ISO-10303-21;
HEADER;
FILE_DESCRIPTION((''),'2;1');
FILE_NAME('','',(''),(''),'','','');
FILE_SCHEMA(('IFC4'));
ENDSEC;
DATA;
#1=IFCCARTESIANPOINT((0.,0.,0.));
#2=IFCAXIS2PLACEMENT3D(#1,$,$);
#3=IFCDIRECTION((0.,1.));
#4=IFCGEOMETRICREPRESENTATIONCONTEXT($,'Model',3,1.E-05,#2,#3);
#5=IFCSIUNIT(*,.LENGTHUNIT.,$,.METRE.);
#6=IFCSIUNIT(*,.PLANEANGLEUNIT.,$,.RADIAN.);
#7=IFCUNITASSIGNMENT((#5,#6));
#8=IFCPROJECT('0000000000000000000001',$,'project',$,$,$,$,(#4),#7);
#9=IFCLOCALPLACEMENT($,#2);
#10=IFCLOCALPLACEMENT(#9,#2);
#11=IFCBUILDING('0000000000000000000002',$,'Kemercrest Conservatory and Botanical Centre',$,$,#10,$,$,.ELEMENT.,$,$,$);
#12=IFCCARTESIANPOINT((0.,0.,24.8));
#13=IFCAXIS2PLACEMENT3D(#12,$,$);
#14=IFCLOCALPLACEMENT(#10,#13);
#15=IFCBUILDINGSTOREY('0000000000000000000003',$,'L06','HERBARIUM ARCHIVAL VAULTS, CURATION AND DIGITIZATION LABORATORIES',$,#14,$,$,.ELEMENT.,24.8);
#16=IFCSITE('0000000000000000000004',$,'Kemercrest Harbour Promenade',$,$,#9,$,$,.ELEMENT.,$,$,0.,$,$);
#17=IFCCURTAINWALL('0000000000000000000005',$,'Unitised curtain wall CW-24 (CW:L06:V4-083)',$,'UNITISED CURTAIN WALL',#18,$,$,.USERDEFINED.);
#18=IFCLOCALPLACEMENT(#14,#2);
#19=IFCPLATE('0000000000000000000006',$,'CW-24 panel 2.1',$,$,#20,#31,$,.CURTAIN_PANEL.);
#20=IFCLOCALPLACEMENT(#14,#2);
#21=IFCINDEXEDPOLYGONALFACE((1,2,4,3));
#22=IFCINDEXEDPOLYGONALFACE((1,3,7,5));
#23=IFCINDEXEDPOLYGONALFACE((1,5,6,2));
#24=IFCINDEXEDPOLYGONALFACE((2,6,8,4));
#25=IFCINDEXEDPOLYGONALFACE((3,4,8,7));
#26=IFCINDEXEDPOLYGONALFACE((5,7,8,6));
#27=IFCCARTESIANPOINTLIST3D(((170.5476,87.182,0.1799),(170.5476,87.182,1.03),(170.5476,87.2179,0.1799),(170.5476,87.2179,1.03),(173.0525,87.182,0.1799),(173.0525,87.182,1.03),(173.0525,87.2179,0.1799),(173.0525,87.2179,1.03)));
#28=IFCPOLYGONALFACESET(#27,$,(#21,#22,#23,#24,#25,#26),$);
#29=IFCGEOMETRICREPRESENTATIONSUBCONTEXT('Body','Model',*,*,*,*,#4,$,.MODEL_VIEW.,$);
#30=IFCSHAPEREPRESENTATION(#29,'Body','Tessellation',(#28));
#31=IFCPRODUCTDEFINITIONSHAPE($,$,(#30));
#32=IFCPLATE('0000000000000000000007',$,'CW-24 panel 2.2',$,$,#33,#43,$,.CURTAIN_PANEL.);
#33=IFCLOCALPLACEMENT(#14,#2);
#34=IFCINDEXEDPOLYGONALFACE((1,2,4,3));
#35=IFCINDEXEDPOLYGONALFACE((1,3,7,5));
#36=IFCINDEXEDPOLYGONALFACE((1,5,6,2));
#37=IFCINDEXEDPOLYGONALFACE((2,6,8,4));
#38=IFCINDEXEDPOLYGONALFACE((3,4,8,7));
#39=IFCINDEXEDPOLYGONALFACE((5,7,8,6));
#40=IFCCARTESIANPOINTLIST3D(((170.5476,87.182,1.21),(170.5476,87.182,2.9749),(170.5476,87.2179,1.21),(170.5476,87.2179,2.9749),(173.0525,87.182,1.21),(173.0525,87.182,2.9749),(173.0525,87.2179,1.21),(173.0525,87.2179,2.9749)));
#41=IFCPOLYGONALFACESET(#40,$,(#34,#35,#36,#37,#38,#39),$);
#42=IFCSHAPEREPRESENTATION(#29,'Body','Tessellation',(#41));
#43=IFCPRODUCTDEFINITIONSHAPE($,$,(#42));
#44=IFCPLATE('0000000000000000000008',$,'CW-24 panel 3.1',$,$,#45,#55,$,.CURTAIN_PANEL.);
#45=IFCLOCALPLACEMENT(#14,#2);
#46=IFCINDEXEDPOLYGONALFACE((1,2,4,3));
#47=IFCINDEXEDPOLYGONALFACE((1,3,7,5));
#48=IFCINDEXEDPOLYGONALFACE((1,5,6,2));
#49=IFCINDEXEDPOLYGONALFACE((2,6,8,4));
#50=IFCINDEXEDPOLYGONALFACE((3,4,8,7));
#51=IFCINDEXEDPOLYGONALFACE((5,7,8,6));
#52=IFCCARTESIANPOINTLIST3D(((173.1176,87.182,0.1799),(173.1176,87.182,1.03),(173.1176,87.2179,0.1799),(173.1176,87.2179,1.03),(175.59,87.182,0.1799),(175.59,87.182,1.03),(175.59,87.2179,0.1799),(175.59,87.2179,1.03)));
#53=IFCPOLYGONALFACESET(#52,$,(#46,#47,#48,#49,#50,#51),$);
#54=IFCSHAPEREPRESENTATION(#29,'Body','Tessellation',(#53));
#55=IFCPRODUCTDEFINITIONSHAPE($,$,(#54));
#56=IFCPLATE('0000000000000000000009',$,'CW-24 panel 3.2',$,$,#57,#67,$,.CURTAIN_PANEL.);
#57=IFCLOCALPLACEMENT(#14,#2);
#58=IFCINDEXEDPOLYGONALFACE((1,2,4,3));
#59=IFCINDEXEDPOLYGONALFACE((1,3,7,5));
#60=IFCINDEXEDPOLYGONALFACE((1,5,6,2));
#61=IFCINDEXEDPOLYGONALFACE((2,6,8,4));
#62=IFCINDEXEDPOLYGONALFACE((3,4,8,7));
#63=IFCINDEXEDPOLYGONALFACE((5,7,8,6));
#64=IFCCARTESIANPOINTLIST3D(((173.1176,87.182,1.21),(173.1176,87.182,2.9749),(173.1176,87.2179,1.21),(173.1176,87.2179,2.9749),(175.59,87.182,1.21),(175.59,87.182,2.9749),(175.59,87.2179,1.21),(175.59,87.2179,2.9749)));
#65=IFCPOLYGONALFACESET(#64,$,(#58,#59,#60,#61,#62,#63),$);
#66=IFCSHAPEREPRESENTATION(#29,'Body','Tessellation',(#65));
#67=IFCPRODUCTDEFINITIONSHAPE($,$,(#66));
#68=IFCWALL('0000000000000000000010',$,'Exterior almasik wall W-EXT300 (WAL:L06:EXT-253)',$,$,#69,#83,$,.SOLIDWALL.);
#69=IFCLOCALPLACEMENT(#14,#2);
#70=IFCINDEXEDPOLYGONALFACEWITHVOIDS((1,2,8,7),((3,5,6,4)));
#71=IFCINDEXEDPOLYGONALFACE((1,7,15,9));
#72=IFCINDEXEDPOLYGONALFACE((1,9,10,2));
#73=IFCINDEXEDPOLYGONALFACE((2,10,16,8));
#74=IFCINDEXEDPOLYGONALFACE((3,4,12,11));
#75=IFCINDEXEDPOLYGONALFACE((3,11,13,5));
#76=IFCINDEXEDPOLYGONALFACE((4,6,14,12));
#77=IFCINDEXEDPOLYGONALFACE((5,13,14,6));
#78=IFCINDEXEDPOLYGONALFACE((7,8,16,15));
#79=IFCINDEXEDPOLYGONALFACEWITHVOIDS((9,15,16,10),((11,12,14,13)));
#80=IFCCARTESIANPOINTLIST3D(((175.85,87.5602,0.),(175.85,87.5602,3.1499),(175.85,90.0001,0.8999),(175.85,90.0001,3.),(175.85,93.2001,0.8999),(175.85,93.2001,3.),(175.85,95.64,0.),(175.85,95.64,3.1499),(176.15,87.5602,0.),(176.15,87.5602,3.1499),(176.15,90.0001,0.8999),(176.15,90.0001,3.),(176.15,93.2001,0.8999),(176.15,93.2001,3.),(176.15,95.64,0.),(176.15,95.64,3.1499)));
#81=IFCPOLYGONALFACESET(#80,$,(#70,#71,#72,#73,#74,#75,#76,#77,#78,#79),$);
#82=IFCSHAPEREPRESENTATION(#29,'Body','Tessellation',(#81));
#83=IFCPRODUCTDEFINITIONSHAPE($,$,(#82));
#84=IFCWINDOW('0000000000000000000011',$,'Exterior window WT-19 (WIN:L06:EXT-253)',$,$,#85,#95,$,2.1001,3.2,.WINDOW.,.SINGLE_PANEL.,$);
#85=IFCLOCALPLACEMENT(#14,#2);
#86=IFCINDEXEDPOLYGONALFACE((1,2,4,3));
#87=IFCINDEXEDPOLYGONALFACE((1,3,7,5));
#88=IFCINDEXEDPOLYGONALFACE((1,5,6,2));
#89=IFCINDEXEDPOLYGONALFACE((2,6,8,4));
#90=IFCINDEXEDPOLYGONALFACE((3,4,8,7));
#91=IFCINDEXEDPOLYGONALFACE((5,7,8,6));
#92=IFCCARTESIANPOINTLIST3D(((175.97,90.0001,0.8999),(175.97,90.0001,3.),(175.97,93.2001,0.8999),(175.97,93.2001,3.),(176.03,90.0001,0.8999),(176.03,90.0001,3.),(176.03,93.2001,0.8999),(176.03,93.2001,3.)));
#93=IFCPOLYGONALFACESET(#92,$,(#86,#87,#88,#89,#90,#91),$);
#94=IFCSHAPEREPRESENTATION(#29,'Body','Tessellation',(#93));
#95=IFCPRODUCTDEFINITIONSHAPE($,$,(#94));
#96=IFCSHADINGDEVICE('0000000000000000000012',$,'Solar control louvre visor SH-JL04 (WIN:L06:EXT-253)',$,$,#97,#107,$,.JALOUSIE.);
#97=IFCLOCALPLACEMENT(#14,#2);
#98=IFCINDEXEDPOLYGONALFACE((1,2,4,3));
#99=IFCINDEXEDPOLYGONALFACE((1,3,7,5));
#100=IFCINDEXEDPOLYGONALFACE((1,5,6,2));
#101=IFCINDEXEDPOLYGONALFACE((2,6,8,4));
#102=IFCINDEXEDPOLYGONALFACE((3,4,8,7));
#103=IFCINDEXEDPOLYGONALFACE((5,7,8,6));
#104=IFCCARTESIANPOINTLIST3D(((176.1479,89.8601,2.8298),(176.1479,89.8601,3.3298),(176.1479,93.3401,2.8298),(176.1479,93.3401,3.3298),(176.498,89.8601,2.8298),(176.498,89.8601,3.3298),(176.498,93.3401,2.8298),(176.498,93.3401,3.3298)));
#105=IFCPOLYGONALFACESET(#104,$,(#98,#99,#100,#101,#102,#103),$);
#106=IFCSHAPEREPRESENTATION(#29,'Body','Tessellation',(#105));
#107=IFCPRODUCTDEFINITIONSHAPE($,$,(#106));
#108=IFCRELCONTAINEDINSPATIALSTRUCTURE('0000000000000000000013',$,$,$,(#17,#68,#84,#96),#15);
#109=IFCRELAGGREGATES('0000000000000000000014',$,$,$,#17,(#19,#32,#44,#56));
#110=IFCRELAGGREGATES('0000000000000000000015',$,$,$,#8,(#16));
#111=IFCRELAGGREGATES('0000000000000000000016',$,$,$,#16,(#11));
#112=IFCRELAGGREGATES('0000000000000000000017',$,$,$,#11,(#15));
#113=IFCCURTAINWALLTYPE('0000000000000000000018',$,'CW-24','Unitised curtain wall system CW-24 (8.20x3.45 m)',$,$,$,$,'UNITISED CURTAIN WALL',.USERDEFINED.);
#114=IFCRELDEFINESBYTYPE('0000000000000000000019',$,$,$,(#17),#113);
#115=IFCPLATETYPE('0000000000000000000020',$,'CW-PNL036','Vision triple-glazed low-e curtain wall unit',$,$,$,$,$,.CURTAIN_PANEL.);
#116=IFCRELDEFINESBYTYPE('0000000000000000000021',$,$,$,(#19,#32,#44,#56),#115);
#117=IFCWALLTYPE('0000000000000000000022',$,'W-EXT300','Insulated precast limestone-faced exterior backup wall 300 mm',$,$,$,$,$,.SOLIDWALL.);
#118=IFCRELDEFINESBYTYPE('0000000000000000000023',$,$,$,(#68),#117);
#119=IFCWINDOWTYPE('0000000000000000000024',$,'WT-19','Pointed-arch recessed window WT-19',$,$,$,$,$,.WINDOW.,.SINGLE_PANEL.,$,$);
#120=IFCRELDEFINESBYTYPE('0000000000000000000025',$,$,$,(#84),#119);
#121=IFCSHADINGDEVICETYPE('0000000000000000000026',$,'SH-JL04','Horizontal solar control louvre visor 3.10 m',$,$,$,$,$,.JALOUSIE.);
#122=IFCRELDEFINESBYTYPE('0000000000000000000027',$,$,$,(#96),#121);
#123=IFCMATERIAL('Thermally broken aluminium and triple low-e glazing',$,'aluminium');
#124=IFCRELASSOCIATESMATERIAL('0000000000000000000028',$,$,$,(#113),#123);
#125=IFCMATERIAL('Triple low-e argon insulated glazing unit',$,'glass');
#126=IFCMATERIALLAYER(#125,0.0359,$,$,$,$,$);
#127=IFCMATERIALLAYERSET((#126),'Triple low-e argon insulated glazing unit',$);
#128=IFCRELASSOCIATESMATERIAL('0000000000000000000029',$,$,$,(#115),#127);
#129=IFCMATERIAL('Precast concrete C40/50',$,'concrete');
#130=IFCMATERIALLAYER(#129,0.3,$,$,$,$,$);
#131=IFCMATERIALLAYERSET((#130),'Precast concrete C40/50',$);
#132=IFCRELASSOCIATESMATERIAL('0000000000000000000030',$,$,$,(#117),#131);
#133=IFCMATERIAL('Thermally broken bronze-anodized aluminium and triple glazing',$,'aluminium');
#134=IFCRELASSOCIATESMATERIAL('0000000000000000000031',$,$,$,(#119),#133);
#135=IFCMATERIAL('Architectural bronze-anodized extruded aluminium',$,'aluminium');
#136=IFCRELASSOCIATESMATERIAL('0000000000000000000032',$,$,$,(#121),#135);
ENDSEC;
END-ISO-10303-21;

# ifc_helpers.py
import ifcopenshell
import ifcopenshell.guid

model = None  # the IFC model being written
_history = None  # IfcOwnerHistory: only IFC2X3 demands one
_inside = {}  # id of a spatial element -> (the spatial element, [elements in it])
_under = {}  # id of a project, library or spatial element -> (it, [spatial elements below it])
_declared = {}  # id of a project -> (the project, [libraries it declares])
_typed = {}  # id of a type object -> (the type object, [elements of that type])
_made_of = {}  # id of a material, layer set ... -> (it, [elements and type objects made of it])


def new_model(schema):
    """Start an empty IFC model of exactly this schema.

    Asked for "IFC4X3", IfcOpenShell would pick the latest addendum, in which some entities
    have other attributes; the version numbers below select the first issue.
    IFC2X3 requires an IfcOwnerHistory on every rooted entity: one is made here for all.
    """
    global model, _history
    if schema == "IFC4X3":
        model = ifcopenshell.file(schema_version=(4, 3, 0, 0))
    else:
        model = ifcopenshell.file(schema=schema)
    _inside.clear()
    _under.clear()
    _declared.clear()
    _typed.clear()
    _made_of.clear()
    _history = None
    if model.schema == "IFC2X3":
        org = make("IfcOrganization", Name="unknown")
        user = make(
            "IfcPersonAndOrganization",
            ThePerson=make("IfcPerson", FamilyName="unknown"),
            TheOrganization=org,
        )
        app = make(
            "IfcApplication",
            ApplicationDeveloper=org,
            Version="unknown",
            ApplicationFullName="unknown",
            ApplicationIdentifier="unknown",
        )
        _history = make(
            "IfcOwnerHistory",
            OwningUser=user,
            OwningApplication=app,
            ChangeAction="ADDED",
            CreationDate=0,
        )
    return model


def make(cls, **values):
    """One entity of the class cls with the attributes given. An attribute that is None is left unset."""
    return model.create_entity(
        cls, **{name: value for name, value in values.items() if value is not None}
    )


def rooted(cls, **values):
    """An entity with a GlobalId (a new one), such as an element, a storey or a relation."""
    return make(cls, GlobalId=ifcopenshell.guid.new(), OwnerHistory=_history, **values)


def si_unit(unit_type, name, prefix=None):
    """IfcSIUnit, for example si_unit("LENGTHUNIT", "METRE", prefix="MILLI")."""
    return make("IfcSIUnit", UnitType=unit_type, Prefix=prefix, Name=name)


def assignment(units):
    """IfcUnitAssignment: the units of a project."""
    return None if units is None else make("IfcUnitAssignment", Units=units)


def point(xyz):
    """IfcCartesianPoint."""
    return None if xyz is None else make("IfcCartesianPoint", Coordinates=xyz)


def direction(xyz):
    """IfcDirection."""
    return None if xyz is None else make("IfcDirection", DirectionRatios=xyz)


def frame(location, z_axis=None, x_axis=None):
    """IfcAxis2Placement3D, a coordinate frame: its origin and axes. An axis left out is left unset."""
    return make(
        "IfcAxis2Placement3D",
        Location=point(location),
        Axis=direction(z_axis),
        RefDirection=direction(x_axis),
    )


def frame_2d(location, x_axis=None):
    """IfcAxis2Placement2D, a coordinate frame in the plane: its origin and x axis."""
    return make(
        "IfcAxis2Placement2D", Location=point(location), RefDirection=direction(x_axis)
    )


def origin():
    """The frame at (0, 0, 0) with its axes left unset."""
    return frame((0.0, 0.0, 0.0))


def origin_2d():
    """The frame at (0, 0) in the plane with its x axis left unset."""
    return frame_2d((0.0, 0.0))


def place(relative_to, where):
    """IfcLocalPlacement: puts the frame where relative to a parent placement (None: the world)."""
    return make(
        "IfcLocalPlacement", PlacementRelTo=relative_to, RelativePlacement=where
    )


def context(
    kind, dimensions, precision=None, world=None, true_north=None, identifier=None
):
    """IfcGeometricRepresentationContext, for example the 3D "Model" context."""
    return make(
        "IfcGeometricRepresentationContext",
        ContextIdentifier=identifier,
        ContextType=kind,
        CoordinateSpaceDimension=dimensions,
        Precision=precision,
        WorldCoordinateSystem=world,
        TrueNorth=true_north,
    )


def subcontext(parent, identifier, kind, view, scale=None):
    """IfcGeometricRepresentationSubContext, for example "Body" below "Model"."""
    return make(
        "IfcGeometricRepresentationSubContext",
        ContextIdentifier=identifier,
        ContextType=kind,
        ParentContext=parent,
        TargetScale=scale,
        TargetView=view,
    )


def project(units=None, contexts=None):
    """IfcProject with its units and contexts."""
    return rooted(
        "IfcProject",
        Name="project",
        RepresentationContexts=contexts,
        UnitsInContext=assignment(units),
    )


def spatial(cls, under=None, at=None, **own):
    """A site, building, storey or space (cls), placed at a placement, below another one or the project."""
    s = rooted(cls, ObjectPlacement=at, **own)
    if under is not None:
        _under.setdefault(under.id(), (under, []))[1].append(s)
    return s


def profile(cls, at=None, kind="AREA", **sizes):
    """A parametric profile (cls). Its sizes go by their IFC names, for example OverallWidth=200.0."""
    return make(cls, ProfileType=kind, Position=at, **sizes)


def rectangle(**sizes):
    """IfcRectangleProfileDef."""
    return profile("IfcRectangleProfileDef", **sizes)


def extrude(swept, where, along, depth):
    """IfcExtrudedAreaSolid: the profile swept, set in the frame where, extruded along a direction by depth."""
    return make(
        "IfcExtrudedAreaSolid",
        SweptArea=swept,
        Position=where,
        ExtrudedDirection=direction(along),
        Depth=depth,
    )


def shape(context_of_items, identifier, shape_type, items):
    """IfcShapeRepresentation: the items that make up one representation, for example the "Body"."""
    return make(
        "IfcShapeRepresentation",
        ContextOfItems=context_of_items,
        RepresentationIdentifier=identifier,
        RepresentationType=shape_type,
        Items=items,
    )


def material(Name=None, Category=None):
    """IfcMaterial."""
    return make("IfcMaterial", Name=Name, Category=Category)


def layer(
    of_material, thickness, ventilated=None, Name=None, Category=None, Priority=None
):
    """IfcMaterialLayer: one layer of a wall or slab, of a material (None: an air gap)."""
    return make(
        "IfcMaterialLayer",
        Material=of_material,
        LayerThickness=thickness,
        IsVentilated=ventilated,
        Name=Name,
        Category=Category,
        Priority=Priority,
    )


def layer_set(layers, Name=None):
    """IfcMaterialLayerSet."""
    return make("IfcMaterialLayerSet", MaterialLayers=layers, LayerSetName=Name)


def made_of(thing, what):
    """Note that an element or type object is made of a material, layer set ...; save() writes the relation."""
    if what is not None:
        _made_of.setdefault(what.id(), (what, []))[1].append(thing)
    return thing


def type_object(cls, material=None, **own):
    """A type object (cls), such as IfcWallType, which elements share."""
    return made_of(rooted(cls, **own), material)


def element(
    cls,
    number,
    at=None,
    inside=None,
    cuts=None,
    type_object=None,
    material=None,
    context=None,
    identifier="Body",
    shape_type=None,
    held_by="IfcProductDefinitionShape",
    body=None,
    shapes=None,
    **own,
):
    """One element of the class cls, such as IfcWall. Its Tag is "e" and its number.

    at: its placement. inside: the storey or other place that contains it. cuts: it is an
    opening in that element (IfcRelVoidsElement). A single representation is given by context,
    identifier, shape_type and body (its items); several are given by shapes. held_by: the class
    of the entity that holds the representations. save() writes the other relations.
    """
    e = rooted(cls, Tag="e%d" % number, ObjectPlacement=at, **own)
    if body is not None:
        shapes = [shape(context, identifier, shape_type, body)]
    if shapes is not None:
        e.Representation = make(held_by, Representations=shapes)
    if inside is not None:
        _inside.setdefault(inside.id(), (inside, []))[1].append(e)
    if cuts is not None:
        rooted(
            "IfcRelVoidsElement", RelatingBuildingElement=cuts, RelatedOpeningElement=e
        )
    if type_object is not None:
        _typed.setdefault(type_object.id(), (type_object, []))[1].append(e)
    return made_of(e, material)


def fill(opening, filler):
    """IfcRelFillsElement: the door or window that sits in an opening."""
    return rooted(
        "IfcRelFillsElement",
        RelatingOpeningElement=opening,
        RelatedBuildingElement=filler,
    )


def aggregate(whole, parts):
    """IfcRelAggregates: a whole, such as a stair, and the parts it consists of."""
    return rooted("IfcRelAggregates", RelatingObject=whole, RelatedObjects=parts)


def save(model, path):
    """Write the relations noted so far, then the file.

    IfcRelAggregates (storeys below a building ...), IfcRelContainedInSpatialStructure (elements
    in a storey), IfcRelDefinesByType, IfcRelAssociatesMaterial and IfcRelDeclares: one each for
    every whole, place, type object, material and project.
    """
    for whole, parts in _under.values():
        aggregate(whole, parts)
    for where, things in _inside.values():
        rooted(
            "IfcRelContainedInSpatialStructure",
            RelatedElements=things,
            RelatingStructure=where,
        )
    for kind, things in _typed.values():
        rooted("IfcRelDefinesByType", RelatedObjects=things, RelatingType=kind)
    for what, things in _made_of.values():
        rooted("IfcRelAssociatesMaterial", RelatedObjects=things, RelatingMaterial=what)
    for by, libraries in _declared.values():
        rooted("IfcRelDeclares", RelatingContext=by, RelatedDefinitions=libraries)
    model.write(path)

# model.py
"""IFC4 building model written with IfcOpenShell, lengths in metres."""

from ifc_helpers import new_model, si_unit, direction, frame, frame_2d, origin, origin_2d, place, context, subcontext, project, spatial, rectangle, extrude, material, layer, layer_set, type_object, element, fill, aggregate, save


model = new_model("IFC4")

# Units and contexts
model_context = context("Model", 3, precision=1e-05, world=origin(), true_north=direction((0.0, 1.0)))
body_context = subcontext(model_context, "Body", "Model", "MODEL_VIEW")
ifc_project = project(units=[si_unit("LENGTHUNIT", "METRE"), si_unit("PLANEANGLEUNIT", "RADIAN")], contexts=[model_context])

# Site, building, storey
site_placement = place(None, origin())
site = spatial("IfcSite", under=ifc_project, at=site_placement, Name="Kemercrest Harbour Promenade", CompositionType="ELEMENT", RefElevation=0.0)
building_placement = place(site_placement, origin())
building = spatial("IfcBuilding", under=site, at=building_placement, Name="Kemercrest Conservatory and Botanical Centre", CompositionType="ELEMENT")
storey_placement = place(building_placement, frame((0.0, 0.0, 24.8)))
storey = spatial("IfcBuildingStorey", under=building, at=storey_placement, Name="L06", Description="HERBARIUM ARCHIVAL VAULTS, CURATION AND DIGITIZATION LABORATORIES", CompositionType="ELEMENT", Elevation=24.8)

# Curtain wall
ifc_material_1 = material(Name="Thermally broken aluminium and triple low-e glazing", Category="aluminium")
curtain_wall_type = type_object("IfcCurtainWallType", Name="CW-24", Description="Unitised curtain wall system CW-24 (8.20x3.45 m)", ElementType="UNITISED CURTAIN WALL", PredefinedType="USERDEFINED", material=ifc_material_1)
curtain_wall_placement = place(storey_placement, origin())
curtain_wall = element("IfcCurtainWall", 1, at=curtain_wall_placement, inside=storey, type_object=curtain_wall_type, Name="Unitised curtain wall CW-24 (CW:L06:V4-083)", ObjectType="UNITISED CURTAIN WALL", PredefinedType="USERDEFINED")

# Plates
ifc_material_2 = material(Name="Triple low-e argon insulated glazing unit", Category="glass")
ifc_layer_1 = layer(ifc_material_2, 0.0359)
ifc_layer_set_1 = layer_set([ifc_layer_1], Name="Triple low-e argon insulated glazing unit")
plate_type = type_object("IfcPlateType", Name="CW-PNL036", Description="Vision triple-glazed low-e curtain wall unit", PredefinedType="CURTAIN_PANEL", material=ifc_layer_set_1)
plate_1_placement = place(storey_placement, frame((171.8, 87.2, 0.1799), z_axis=(0.0, 0.0, 1.0), x_axis=(1.0, 0.0, 0.0)))
plate_1 = element("IfcPlate", 2, at=plate_1_placement, type_object=plate_type, Name="CW-24 panel 2.1", PredefinedType="CURTAIN_PANEL", context=body_context, shape_type="SweptSolid", body=[
    extrude(rectangle(XDim=2.5049, YDim=0.0359, at=origin_2d()), origin(), (0.0, 0.0, 1.0), 0.8501),
])
plate_2_placement = place(storey_placement, frame((171.8, 87.2, 1.21), z_axis=(0.0, 0.0, 1.0), x_axis=(1.0, 0.0, 0.0)))
plate_2 = element("IfcPlate", 3, at=plate_2_placement, type_object=plate_type, Name="CW-24 panel 2.2", PredefinedType="CURTAIN_PANEL", context=body_context, shape_type="SweptSolid", body=[
    extrude(rectangle(XDim=2.5049, YDim=0.0359, at=origin_2d()), origin(), (0.0, 0.0, 1.0), 1.7649),
])
plate_3_placement = place(storey_placement, frame((174.3538, 87.2, 0.1799), z_axis=(0.0, 0.0, 1.0), x_axis=(1.0, 0.0, 0.0)))
plate_3 = element("IfcPlate", 4, at=plate_3_placement, type_object=plate_type, Name="CW-24 panel 3.1", PredefinedType="CURTAIN_PANEL", context=body_context, shape_type="SweptSolid", body=[
    extrude(rectangle(XDim=2.4724, YDim=0.0359, at=origin_2d()), origin(), (0.0, 0.0, 1.0), 0.8501),
])
plate_4_placement = place(storey_placement, frame((174.3538, 87.2, 1.21), z_axis=(0.0, 0.0, 1.0), x_axis=(1.0, 0.0, 0.0)))
plate_4 = element("IfcPlate", 5, at=plate_4_placement, type_object=plate_type, Name="CW-24 panel 3.2", PredefinedType="CURTAIN_PANEL", context=body_context, shape_type="SweptSolid", body=[
    extrude(rectangle(XDim=2.4724, YDim=0.0359, at=origin_2d()), origin(), (0.0, 0.0, 1.0), 1.7649),
])
aggregate(curtain_wall, [plate_1, plate_2, plate_3, plate_4])

# Wall, opening, window
ifc_material_3 = material(Name="Precast concrete C40/50", Category="concrete")
ifc_layer_2 = layer(ifc_material_3, 0.3)
ifc_layer_set_2 = layer_set([ifc_layer_2], Name="Precast concrete C40/50")
wall_type = type_object("IfcWallType", Name="W-EXT300", Description="Insulated precast limestone-faced exterior backup wall 300 mm", PredefinedType="SOLIDWALL", material=ifc_layer_set_2)
wall_placement = place(storey_placement, frame((176.0, 87.5601, 0.0), z_axis=(0.0, 0.0, 1.0), x_axis=(0.0, 1.0, 0.0)))
wall = element("IfcWall", 6, at=wall_placement, inside=storey, type_object=wall_type, Name="Exterior almasik wall W-EXT300 (WAL:L06:EXT-253)", PredefinedType="SOLIDWALL", context=body_context, shape_type="SweptSolid", body=[
    extrude(rectangle(XDim=8.0798, YDim=0.3, at=frame_2d((4.04, 0.0))), origin(), (0.0, 0.0, 1.0), 3.1499),
])
opening_placement = place(wall_placement, frame((2.4399, 0.0, 0.8999)))
opening = element("IfcOpeningElement", 7, at=opening_placement, cuts=wall, PredefinedType="OPENING", context=body_context, shape_type="SweptSolid", body=[
    extrude(rectangle(XDim=3.2, YDim=2.1001, at=frame_2d((1.6001, 1.05))), frame((0.0, 0.1602, 0.0), z_axis=(0.0, -1.0, 0.0), x_axis=(1.0, 0.0, 0.0)), (0.0, 0.0, 1.0), 0.3201),
])
ifc_material_4 = material(Name="Thermally broken bronze-anodized aluminium and triple glazing", Category="aluminium")
window_type = type_object("IfcWindowType", Name="WT-19", Description="Pointed-arch recessed window WT-19", PartitioningType="SINGLE_PANEL", PredefinedType="WINDOW", material=ifc_material_4)
window_placement = place(opening_placement, origin())
window = element("IfcWindow", 8, at=window_placement, inside=storey, type_object=window_type, Name="Exterior window WT-19 (WIN:L06:EXT-253)", OverallHeight=2.1001, OverallWidth=3.2, PartitioningType="SINGLE_PANEL", PredefinedType="WINDOW", context=body_context, shape_type="SweptSolid", body=[
    extrude(rectangle(XDim=3.2, YDim=2.1001, at=frame_2d((1.6001, 1.05))), frame((0.0, 0.03, 0.0), z_axis=(0.0, -1.0, 0.0), x_axis=(1.0, 0.0, 0.0)), (0.0, 0.0, 1.0), 0.0601),
])
fill(opening, window)

# Shading device
ifc_material_5 = material(Name="Architectural bronze-anodized extruded aluminium", Category="aluminium")
shading_device_type = type_object("IfcShadingDeviceType", Name="SH-JL04", Description="Horizontal solar control louvre visor 3.10 m", PredefinedType="JALOUSIE", material=ifc_material_5)
shading_device_placement = place(storey_placement, frame((176.323, 91.6001, 2.8298), z_axis=(0.0, 0.0, 1.0), x_axis=(0.0, 1.0, 0.0)))
element("IfcShadingDevice", 9, at=shading_device_placement, inside=storey, type_object=shading_device_type, Name="Solar control louvre visor SH-JL04 (WIN:L06:EXT-253)", PredefinedType="JALOUSIE", context=body_context, shape_type="SweptSolid", body=[
    extrude(rectangle(XDim=3.48, YDim=0.3501, at=origin_2d()), origin(), (0.0, 0.0, 1.0), 0.5),
])

save(model, "model.ifc")
